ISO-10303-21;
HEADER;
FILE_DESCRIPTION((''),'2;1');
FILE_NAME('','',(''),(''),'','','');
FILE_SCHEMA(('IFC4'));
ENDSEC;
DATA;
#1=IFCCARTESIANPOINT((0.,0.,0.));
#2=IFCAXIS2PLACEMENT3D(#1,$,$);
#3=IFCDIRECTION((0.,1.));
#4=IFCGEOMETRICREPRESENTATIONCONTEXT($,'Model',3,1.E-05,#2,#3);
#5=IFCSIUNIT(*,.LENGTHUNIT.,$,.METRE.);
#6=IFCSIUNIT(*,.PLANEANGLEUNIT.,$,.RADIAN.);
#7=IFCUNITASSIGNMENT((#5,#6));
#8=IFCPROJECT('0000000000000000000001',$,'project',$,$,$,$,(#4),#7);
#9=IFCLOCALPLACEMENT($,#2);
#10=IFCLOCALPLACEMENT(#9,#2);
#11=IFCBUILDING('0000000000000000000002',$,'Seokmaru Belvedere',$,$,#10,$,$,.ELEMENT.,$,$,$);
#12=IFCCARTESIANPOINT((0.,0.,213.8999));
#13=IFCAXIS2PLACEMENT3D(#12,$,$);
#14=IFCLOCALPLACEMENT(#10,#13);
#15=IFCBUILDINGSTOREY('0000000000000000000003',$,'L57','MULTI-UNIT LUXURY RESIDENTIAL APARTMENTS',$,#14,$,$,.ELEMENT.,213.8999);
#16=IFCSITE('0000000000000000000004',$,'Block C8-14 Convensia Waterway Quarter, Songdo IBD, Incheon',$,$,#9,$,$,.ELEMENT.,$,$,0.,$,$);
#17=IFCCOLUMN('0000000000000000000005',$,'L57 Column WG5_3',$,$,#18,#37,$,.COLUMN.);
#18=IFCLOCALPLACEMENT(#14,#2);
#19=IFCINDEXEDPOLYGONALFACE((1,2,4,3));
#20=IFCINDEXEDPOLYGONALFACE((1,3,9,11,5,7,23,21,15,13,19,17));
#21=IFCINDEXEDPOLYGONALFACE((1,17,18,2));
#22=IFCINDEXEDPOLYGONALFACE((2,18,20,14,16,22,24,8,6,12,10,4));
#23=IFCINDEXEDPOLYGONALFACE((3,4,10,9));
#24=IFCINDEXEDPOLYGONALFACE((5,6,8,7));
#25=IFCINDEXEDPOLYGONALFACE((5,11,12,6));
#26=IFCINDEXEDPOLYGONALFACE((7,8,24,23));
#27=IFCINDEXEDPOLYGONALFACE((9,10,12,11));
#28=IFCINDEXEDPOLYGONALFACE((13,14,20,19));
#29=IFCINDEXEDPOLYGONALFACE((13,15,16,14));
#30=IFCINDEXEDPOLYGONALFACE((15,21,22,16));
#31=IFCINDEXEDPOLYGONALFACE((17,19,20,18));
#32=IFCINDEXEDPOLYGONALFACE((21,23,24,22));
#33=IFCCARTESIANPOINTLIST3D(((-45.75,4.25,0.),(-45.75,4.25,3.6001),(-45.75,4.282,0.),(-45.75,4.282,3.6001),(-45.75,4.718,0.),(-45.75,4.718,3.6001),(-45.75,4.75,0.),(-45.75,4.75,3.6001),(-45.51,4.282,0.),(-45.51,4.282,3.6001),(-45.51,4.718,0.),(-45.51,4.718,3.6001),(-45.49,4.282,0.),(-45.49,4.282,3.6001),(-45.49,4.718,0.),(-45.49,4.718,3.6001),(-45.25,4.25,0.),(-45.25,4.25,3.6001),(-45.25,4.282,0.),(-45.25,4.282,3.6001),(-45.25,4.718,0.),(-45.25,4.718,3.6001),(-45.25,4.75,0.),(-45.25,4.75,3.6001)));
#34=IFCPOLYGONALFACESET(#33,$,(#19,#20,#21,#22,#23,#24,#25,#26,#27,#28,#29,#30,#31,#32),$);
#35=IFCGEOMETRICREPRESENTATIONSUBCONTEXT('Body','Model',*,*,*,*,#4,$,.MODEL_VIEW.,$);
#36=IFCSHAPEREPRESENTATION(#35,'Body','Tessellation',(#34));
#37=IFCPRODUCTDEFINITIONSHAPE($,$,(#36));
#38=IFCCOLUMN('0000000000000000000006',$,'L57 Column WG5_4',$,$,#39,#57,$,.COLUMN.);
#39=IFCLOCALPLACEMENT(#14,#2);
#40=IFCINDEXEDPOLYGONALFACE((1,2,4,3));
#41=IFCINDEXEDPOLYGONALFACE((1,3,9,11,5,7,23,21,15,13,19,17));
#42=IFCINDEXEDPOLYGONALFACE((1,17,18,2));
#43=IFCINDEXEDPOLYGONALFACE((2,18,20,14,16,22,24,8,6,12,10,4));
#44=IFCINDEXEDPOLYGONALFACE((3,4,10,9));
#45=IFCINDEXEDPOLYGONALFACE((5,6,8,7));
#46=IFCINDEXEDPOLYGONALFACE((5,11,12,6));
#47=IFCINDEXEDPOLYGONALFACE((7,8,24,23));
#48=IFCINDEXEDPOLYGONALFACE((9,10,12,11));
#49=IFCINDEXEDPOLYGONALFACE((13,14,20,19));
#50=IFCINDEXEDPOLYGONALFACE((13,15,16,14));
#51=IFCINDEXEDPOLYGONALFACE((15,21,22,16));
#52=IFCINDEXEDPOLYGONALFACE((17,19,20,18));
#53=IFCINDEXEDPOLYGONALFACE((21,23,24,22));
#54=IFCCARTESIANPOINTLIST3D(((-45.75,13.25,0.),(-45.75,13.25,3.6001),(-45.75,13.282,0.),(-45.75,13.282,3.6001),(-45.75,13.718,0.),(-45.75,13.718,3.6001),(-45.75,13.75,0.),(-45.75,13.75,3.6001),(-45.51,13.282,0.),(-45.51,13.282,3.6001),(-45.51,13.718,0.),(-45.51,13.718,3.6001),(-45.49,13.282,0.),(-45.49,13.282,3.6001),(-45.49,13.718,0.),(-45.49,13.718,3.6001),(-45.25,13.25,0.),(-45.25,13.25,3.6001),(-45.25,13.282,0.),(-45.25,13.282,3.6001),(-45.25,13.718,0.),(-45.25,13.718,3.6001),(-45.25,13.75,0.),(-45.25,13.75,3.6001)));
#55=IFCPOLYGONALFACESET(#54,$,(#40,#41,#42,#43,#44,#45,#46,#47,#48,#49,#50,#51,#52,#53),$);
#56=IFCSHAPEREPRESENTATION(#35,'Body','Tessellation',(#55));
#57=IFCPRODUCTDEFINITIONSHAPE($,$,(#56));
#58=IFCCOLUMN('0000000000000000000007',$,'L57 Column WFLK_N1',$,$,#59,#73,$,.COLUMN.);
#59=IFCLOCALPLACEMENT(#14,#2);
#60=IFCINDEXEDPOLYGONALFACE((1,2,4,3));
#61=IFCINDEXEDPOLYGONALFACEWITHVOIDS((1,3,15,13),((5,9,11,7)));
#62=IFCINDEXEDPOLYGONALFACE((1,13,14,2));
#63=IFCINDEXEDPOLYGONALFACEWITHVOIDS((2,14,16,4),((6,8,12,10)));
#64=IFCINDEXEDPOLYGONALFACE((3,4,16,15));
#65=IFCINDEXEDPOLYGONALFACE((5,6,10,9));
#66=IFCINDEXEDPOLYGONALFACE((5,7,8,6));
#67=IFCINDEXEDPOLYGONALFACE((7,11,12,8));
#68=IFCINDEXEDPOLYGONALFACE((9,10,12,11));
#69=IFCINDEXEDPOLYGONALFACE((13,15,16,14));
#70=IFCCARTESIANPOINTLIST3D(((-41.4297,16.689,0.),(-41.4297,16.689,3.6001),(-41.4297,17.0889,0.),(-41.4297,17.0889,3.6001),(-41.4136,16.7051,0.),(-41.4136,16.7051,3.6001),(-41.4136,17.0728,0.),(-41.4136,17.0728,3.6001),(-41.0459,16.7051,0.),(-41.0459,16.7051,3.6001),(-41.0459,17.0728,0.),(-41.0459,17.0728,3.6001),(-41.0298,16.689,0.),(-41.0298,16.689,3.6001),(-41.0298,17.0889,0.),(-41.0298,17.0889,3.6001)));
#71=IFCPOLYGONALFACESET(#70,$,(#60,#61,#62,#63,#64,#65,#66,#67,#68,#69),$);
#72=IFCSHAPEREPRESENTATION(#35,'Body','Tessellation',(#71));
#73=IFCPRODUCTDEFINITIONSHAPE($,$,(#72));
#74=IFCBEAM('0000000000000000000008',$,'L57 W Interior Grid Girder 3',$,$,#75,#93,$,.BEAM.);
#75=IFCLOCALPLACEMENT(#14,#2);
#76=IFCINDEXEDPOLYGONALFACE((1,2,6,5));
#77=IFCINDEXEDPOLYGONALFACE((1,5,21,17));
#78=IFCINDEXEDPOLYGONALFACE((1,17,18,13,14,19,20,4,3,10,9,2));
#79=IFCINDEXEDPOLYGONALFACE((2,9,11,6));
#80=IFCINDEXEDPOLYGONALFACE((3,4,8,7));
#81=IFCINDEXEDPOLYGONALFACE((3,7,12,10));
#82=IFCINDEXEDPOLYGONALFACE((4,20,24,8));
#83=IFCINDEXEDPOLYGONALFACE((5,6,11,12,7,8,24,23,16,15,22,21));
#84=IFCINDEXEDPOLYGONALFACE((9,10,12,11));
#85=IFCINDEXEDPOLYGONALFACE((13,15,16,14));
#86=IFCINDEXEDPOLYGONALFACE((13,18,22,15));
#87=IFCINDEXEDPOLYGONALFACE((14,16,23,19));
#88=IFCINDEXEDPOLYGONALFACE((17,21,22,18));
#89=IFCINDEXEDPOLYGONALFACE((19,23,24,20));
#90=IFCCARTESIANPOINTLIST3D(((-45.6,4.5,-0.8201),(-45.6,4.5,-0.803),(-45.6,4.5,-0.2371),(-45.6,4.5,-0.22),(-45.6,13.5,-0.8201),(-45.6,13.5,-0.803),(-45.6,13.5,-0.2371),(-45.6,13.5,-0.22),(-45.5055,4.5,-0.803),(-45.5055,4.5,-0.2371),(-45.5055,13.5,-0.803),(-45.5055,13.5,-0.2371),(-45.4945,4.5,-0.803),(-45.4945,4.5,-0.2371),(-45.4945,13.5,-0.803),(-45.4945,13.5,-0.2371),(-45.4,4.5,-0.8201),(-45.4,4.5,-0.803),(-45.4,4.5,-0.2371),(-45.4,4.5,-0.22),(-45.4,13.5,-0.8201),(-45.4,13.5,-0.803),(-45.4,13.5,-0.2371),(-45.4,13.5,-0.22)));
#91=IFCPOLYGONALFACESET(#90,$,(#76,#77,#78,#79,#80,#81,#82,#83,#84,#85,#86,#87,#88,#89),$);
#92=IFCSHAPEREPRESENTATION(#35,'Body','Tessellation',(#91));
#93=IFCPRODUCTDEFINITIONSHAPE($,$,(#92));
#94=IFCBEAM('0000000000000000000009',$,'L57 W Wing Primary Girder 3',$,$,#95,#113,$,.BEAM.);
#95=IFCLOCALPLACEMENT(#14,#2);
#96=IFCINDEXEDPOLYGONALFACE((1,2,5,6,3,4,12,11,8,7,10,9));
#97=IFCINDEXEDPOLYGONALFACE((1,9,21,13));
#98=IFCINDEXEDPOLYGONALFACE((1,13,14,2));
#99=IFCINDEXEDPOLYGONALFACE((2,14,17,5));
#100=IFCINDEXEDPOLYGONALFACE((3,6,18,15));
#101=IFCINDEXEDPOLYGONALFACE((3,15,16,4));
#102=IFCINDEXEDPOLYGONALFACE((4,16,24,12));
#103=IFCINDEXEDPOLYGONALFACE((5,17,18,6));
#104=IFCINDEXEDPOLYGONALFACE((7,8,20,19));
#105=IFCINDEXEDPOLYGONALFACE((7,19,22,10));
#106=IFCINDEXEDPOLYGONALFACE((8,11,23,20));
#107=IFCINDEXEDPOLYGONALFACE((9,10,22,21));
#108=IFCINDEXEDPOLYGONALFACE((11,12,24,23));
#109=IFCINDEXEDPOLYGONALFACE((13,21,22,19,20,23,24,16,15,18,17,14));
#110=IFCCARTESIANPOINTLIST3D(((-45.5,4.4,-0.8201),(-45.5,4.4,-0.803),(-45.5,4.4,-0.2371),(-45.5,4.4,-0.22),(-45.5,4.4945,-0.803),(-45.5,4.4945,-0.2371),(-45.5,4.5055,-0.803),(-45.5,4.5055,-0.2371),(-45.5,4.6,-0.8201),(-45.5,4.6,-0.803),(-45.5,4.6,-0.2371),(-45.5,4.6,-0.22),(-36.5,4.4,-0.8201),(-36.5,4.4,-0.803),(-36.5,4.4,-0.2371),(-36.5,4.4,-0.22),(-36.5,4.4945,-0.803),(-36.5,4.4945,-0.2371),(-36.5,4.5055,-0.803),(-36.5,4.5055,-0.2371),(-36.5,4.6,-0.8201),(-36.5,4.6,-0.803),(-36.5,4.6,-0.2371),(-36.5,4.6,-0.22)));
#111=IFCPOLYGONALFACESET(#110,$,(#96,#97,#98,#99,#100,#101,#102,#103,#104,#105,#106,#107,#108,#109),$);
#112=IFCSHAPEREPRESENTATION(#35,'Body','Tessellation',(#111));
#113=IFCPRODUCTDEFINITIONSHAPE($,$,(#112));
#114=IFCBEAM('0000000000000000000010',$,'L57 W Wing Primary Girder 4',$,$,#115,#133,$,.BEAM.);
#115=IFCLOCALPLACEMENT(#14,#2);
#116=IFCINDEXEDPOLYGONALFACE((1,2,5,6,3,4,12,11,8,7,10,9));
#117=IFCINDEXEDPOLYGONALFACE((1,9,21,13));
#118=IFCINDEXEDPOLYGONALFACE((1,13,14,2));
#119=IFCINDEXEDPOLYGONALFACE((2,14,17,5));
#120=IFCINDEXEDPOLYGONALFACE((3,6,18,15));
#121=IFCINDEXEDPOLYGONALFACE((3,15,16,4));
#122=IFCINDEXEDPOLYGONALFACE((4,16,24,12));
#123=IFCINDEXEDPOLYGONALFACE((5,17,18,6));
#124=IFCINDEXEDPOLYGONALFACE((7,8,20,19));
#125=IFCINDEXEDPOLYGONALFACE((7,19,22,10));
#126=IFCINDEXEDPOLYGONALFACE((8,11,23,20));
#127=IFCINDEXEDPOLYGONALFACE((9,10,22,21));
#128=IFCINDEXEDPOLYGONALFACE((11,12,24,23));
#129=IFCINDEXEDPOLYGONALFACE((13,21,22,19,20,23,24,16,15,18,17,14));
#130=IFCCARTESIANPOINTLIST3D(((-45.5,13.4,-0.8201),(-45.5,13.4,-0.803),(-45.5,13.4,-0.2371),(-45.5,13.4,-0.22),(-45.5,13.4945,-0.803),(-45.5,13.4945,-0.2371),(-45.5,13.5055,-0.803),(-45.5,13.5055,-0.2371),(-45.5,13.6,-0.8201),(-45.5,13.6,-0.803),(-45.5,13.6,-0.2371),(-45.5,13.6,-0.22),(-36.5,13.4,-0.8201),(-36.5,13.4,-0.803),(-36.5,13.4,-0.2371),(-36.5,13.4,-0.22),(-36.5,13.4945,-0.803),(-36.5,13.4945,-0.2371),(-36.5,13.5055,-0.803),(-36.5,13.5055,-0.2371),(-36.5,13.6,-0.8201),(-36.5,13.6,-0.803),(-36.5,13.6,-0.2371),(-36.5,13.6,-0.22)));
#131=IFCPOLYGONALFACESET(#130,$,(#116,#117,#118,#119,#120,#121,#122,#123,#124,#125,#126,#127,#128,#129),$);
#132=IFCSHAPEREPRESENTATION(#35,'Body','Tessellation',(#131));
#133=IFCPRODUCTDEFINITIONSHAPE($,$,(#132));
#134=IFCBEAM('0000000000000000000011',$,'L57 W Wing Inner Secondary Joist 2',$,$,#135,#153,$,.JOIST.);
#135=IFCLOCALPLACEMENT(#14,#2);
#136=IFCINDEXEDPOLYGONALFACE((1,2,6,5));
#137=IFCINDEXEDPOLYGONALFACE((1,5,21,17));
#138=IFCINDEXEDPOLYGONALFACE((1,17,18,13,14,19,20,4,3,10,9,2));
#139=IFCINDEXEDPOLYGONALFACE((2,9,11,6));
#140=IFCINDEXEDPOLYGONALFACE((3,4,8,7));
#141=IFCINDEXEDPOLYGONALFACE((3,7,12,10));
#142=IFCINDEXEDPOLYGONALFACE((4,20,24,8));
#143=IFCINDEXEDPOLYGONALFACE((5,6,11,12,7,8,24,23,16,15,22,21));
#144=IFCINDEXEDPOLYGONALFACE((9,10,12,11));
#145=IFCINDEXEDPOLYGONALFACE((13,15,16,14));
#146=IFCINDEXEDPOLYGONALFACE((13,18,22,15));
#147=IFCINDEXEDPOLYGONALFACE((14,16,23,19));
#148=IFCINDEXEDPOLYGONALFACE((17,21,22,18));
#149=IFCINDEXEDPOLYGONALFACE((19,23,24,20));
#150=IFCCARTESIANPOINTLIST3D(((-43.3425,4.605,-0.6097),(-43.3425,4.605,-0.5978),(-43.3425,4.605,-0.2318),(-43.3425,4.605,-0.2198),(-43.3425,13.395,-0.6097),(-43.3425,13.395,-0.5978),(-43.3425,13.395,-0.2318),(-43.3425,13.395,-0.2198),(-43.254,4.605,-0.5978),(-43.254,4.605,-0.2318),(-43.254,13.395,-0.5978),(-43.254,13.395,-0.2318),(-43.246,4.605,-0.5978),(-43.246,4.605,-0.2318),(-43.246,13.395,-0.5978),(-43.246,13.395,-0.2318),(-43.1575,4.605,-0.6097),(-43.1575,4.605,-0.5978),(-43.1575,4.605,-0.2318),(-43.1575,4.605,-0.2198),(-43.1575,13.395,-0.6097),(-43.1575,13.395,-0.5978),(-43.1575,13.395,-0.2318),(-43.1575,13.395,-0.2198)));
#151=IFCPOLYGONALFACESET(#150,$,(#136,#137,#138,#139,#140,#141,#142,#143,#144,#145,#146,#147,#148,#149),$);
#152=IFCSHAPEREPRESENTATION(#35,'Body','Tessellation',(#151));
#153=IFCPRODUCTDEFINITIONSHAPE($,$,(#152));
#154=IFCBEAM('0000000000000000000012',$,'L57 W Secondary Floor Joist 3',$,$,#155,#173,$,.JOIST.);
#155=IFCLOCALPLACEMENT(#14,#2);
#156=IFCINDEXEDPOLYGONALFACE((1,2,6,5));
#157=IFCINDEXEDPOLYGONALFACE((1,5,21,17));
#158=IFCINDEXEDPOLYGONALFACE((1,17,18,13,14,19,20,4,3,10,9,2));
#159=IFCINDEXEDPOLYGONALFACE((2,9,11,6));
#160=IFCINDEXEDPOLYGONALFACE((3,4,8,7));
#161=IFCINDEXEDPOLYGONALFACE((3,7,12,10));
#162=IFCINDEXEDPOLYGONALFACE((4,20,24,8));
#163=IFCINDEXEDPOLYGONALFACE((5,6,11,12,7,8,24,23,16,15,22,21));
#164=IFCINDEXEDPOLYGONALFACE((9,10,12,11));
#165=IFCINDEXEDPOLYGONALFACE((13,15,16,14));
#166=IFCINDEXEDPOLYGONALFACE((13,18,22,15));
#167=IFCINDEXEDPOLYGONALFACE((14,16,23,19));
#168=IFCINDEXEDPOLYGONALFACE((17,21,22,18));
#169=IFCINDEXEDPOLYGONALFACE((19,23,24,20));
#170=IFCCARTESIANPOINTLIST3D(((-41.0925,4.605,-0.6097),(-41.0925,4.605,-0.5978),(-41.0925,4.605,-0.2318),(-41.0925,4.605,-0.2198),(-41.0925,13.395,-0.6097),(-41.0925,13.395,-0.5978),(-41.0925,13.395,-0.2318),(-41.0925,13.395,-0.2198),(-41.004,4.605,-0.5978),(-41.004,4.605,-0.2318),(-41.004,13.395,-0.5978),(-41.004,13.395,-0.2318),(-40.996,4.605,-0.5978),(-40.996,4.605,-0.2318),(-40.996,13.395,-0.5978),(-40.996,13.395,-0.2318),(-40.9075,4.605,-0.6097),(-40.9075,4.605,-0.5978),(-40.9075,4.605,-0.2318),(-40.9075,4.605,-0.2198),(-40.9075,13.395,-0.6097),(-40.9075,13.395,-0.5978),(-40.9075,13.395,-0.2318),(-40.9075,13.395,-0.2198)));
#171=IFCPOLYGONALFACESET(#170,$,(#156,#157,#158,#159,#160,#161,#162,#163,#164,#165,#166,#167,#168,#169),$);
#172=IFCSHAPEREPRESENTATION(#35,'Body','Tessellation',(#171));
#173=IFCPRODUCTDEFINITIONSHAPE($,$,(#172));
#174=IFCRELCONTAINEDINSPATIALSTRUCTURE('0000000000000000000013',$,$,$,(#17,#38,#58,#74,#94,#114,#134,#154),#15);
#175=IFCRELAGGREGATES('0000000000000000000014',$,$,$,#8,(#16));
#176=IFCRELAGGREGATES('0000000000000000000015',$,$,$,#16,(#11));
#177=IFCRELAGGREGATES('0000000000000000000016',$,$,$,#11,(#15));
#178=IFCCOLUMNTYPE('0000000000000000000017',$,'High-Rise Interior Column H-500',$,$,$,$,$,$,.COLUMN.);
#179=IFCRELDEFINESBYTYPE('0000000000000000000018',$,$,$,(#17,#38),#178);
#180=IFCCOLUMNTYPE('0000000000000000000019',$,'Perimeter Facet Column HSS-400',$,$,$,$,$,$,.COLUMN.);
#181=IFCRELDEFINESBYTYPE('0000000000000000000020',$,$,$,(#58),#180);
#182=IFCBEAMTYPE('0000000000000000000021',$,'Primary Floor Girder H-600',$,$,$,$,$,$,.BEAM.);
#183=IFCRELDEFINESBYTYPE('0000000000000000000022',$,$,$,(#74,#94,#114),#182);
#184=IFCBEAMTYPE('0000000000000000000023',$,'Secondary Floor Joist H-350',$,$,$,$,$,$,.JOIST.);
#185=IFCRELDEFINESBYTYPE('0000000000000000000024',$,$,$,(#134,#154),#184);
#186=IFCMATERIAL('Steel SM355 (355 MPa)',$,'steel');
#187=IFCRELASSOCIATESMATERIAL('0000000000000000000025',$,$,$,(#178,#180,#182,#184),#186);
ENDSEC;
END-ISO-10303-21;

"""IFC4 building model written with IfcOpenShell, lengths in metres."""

from ifc_helpers import new_model, si_unit, direction, frame, origin, origin_2d, place, context, subcontext, project, spatial, hollow_rectangle, i_section, extrude, source, transform, mapped, material, material_profile, profile_set, type_object, type_shapes, element, save


model = new_model("IFC4")

# Units and contexts
model_context = context("Model", 3, precision=1e-05, world=origin(), true_north=direction((0.0, 1.0)))
body_context = subcontext(model_context, "Body", "Model", "MODEL_VIEW")
ifc_project = project(units=[si_unit("LENGTHUNIT", "METRE"), si_unit("PLANEANGLEUNIT", "RADIAN")], contexts=[model_context])

# Site, building, storey
site_placement = place(None, origin())
site = spatial("IfcSite", under=ifc_project, at=site_placement, Name="Block C8-14 Convensia Waterway Quarter, Songdo IBD, Incheon", CompositionType="ELEMENT", RefElevation=0.0)
building_placement = place(site_placement, origin())
building = spatial("IfcBuilding", under=site, at=building_placement, Name="Seokmaru Belvedere", CompositionType="ELEMENT")
storey_placement = place(building_placement, frame((0.0, 0.0, 213.8999)))
storey = spatial("IfcBuildingStorey", under=building, at=storey_placement, Name="L57", Description="MULTI-UNIT LUXURY RESIDENTIAL APARTMENTS", CompositionType="ELEMENT", Elevation=213.8999)

# Columns
ifc_material_1 = material(Name="Steel SM355 (355 MPa)", Category="steel")
ifc_material_profile_1 = material_profile(ifc_material_1, i_section(OverallWidth=0.5, OverallDepth=0.5, WebThickness=0.02, FlangeThickness=0.032, at=origin_2d()), Name="H-500x500x20x32")
ifc_profile_set_1 = profile_set([ifc_material_profile_1], Name="Steel SM355 (355 MPa)")
column_type_1 = type_object("IfcColumnType", Name="High-Rise Interior Column H-500", PredefinedType="COLUMN", material=ifc_profile_set_1)
shared_shape_1 = source(origin(), body_context, "Body", "SweptSolid", [
    extrude(i_section(OverallWidth=0.5, OverallDepth=0.5, WebThickness=0.02, FlangeThickness=0.032, at=origin_2d()), origin(), (0.0, 0.0, 1.0), 3.6001),
])
type_shapes(column_type_1, [shared_shape_1])
for number, where, z_axis, x_axis, name in (
    (1, (-45.5, 4.5, 0.0), (0.0, 0.0, 1.0), (1.0, 0.0, 0.0), "L57 Column WG5_3"),
    (2, (-45.5, 13.5, 0.0), (0.0, 0.0, 1.0), (1.0, 0.0, 0.0), "L57 Column WG5_4"),
):
    element("IfcColumn", number, at=place(storey_placement, frame(where, z_axis=z_axis, x_axis=x_axis)), inside=storey, type_object=column_type_1, Name=name, PredefinedType="COLUMN", context=body_context, shape_type="MappedRepresentation", body=[
        mapped(shared_shape_1, transform((0.0, 0.0, 0.0), scale=1.0)),
    ])
ifc_material_profile_2 = material_profile(ifc_material_1, hollow_rectangle(XDim=0.3999, YDim=0.3999, WallThickness=0.0161, at=origin_2d()), Name="HSS-400x400x16")
ifc_profile_set_2 = profile_set([ifc_material_profile_2], Name="Steel SM355 (355 MPa)")
column_type_2 = type_object("IfcColumnType", Name="Perimeter Facet Column HSS-400", PredefinedType="COLUMN", material=ifc_profile_set_2)
shared_shape_2 = source(origin(), body_context, "Body", "SweptSolid", [
    extrude(hollow_rectangle(XDim=0.3999, YDim=0.3999, WallThickness=0.0161, at=origin_2d()), origin(), (0.0, 0.0, 1.0), 3.6001),
])
type_shapes(column_type_2, [shared_shape_2])
column_placement = place(storey_placement, frame((-41.2297, 16.8889, 0.0), z_axis=(0.0, 0.0, 1.0), x_axis=(1.0, 0.0, 0.0)))
element("IfcColumn", 3, at=column_placement, inside=storey, type_object=column_type_2, Name="L57 Column WFLK_N1", PredefinedType="COLUMN", context=body_context, shape_type="MappedRepresentation", body=[
    mapped(shared_shape_2, transform((0.0, 0.0, 0.0), scale=1.0)),
])

# Beams
ifc_material_profile_3 = material_profile(ifc_material_1, i_section(OverallWidth=0.2, OverallDepth=0.6001, WebThickness=0.011, FlangeThickness=0.0171, at=origin_2d()), Name="H-600x200x11x17")
ifc_profile_set_3 = profile_set([ifc_material_profile_3], Name="Steel SM355 (355 MPa)")
beam_type_1 = type_object("IfcBeamType", Name="Primary Floor Girder H-600", PredefinedType="BEAM", material=ifc_profile_set_3)
shared_shape_3 = source(origin(), body_context, "Body", "SweptSolid", [
    extrude(i_section(OverallWidth=0.2, OverallDepth=0.6001, WebThickness=0.011, FlangeThickness=0.0171, at=origin_2d()), origin(), (0.0, 0.0, 1.0), 9.0),
])
for number, where, z_axis, x_axis, name in (
    (4, (-45.5, 4.5, -0.52), (0.0, 1.0, 0.0), (-1.0, 0.0, 0.0), "L57 W Interior Grid Girder 3"),
    (5, (-45.5, 4.5, -0.52), (1.0, 0.0, 0.0), (0.0, 1.0, 0.0), "L57 W Wing Primary Girder 3"),
    (6, (-45.5, 13.5, -0.52), (1.0, 0.0, 0.0), (0.0, 1.0, 0.0), "L57 W Wing Primary Girder 4"),
):
    element("IfcBeam", number, at=place(storey_placement, frame(where, z_axis=z_axis, x_axis=x_axis)), inside=storey, type_object=beam_type_1, Name=name, PredefinedType="BEAM", context=body_context, shape_type="MappedRepresentation", body=[
        mapped(shared_shape_3, transform((0.0, 0.0, 0.0), scale=1.0)),
    ])
ifc_material_profile_4 = material_profile(ifc_material_1, i_section(OverallWidth=0.1851, OverallDepth=0.3899, WebThickness=0.0081, FlangeThickness=0.012, at=origin_2d()), Name="H-390x185x8x12")
ifc_profile_set_4 = profile_set([ifc_material_profile_4], Name="Steel SM355 (355 MPa)")
beam_type_2 = type_object("IfcBeamType", Name="Secondary Floor Joist H-350", PredefinedType="JOIST", material=ifc_profile_set_4)
shared_shape_4 = source(origin(), body_context, "Body", "SweptSolid", [
    extrude(i_section(OverallWidth=0.1851, OverallDepth=0.3899, WebThickness=0.0081, FlangeThickness=0.012, at=origin_2d()), origin(), (0.0, 0.0, 1.0), 8.79),
])
type_shapes(beam_type_2, [shared_shape_4])
for number, where, z_axis, x_axis, name in (
    (7, (-43.25, 4.605, -0.4148), (0.0, 1.0, 0.0), (-1.0, 0.0, 0.0), "L57 W Wing Inner Secondary Joist 2"),
    (8, (-41.0, 4.605, -0.4148), (0.0, 1.0, 0.0), (-1.0, 0.0, 0.0), "L57 W Secondary Floor Joist 3"),
):
    element("IfcBeam", number, at=place(storey_placement, frame(where, z_axis=z_axis, x_axis=x_axis)), inside=storey, type_object=beam_type_2, Name=name, PredefinedType="JOIST", context=body_context, shape_type="MappedRepresentation", body=[
        mapped(shared_shape_4, transform((0.0, 0.0, 0.0), scale=1.0)),
    ])

save(model, "model.ifc")
